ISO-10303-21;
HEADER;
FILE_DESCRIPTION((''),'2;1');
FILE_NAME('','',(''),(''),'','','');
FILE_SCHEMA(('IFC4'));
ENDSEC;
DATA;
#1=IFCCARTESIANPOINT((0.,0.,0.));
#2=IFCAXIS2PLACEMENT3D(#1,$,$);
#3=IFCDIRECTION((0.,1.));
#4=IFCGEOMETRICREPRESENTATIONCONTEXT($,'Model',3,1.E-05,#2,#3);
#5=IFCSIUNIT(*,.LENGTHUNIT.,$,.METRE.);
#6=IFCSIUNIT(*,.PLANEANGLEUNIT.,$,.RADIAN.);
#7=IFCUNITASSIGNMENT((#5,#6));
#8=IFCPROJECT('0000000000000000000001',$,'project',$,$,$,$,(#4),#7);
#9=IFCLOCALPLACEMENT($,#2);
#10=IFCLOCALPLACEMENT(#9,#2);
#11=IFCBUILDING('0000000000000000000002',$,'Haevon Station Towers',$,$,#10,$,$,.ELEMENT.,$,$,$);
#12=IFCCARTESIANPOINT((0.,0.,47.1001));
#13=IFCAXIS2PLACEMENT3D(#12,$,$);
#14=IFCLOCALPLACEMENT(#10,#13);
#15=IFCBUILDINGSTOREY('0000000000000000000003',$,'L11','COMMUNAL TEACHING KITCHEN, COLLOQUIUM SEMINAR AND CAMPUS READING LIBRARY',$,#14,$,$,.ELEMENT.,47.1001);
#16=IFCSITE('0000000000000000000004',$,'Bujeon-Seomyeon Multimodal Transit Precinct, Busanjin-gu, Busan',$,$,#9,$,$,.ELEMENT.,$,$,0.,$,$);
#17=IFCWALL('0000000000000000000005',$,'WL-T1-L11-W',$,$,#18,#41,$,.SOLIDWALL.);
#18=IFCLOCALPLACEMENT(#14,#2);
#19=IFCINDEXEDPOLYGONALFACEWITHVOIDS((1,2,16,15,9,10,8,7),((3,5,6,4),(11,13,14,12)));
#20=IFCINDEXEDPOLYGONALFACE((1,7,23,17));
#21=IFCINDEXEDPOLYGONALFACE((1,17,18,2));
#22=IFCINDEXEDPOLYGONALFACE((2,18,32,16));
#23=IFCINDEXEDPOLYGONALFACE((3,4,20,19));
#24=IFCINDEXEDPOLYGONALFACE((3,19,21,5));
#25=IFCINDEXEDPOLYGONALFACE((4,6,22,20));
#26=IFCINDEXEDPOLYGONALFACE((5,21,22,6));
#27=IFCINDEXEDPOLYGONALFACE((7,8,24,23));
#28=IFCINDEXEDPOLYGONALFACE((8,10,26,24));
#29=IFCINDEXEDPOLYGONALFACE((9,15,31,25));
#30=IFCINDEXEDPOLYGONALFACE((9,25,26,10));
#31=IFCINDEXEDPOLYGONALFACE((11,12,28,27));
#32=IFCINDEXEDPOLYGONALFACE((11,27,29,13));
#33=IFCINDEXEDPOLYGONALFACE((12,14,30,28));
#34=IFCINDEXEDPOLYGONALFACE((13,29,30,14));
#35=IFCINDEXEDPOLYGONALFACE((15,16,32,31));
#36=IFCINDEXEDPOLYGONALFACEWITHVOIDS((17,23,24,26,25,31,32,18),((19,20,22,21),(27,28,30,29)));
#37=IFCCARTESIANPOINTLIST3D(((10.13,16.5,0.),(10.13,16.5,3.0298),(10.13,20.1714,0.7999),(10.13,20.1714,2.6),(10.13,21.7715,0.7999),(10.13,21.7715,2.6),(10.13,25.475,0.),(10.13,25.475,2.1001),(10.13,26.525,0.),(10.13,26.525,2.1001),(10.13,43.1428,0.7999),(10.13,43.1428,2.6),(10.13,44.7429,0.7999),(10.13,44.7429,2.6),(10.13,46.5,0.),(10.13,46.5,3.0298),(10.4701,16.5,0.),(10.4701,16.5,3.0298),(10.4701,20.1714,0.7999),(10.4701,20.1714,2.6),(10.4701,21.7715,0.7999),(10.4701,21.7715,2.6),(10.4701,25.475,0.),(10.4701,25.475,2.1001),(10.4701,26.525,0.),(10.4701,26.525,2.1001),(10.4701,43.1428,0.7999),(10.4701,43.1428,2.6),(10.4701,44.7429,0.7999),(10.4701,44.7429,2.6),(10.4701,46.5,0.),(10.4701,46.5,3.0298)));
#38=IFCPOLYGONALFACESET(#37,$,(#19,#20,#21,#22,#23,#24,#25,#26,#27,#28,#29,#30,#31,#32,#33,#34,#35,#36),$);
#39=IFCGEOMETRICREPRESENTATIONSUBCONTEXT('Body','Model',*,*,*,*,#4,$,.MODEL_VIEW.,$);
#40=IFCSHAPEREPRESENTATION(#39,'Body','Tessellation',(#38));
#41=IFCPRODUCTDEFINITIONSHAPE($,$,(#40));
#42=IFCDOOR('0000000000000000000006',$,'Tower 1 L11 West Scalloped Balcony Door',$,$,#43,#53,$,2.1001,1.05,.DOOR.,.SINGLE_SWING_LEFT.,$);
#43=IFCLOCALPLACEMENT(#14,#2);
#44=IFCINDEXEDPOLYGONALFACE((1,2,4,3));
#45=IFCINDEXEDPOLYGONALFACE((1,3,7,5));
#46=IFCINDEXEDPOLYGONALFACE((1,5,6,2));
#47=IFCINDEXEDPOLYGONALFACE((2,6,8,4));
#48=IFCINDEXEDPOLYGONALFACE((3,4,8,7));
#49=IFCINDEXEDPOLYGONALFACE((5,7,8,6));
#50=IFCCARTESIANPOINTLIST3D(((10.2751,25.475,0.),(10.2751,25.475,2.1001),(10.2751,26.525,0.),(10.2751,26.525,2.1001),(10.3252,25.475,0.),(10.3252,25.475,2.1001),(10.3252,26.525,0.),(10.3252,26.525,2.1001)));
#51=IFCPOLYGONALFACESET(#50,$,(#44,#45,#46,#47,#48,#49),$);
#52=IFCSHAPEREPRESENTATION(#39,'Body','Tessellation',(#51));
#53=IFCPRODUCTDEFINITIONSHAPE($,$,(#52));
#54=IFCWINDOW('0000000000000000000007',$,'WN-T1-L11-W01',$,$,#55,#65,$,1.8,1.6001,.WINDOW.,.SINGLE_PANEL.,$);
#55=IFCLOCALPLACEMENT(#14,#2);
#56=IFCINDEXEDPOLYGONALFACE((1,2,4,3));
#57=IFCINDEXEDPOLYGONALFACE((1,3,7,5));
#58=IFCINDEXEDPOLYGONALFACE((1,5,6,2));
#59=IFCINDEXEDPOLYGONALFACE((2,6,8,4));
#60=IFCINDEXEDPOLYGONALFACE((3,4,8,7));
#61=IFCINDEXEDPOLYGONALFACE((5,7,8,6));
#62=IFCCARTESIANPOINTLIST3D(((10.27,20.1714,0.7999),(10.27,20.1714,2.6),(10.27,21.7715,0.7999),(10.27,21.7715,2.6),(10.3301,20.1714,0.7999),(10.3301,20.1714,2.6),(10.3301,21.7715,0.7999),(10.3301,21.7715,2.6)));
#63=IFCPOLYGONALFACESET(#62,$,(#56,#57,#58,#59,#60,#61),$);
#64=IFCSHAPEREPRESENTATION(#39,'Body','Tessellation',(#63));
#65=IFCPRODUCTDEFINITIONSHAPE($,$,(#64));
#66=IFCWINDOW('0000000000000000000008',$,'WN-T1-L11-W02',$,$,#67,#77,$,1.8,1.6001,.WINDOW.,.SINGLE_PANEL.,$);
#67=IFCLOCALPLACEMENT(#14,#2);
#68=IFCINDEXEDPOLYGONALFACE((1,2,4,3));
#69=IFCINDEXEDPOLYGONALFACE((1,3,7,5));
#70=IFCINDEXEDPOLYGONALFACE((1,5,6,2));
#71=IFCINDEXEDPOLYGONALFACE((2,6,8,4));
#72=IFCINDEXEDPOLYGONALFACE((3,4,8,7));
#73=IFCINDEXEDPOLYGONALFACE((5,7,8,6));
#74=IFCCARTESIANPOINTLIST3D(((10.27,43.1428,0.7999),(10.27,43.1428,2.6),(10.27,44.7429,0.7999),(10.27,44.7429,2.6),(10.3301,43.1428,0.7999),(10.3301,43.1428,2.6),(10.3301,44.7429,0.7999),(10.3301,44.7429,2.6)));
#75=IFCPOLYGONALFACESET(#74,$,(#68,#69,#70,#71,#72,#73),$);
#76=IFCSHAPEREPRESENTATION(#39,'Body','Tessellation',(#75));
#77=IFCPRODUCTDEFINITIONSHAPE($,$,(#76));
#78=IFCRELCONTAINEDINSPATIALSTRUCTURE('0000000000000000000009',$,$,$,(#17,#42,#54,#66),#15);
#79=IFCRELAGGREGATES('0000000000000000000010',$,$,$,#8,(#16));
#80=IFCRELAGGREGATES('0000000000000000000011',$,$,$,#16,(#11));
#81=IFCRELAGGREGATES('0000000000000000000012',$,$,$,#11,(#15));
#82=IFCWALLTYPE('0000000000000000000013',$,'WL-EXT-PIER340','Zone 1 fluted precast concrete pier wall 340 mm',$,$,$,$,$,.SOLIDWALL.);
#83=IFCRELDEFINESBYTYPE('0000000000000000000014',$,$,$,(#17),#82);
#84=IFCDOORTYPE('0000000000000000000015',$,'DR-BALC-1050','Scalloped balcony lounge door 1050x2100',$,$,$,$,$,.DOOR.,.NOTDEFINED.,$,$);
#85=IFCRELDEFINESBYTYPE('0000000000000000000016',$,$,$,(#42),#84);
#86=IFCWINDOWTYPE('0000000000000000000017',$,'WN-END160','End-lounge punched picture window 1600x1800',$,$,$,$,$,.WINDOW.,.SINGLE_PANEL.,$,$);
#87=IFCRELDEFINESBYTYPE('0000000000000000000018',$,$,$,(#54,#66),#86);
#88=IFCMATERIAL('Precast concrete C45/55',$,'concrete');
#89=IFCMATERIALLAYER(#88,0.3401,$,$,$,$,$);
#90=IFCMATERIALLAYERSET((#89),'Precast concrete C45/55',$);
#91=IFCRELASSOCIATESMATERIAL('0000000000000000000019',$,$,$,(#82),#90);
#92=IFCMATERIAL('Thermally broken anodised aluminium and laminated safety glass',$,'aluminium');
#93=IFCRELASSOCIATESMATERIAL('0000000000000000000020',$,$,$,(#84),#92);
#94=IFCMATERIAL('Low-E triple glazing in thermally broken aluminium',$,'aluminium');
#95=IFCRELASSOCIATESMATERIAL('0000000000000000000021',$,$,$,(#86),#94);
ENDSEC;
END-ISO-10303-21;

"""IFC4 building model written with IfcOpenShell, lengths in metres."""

from ifc_helpers import new_model, si_unit, direction, frame, frame_2d, origin, place, context, subcontext, project, spatial, rectangle, extrude, material, layer, layer_set, type_object, element, fill, save


model = new_model("IFC4")

# Units and contexts
model_context = context("Model", 3, precision=1e-05, world=origin(), true_north=direction((0.0, 1.0)))
body_context = subcontext(model_context, "Body", "Model", "MODEL_VIEW")
ifc_project = project(units=[si_unit("LENGTHUNIT", "METRE"), si_unit("PLANEANGLEUNIT", "RADIAN")], contexts=[model_context])

# Site, building, storey
site_placement = place(None, origin())
site = spatial("IfcSite", under=ifc_project, at=site_placement, Name="Bujeon-Seomyeon Multimodal Transit Precinct, Busanjin-gu, Busan", CompositionType="ELEMENT", RefElevation=0.0)
building_placement = place(site_placement, origin())
building = spatial("IfcBuilding", under=site, at=building_placement, Name="Haevon Station Towers", CompositionType="ELEMENT")
storey_placement = place(building_placement, frame((0.0, 0.0, 47.1001)))
storey = spatial("IfcBuildingStorey", under=building, at=storey_placement, Name="L11", Description="COMMUNAL TEACHING KITCHEN, COLLOQUIUM SEMINAR AND CAMPUS READING LIBRARY", CompositionType="ELEMENT", Elevation=47.1001)

# Shared definitions
ifc_material_1 = material(Name="Precast concrete C45/55", Category="concrete")
ifc_layer_1 = layer(ifc_material_1, 0.3401)
ifc_layer_set_1 = layer_set([ifc_layer_1], Name="Precast concrete C45/55")
wall_type_1 = type_object("IfcWallType", Name="WL-EXT-PIER340", Description="Zone 1 fluted precast concrete pier wall 340 mm", PredefinedType="SOLIDWALL", material=ifc_layer_set_1)

# Wall, openings, door, windows
wall_1_placement = place(storey_placement, frame((10.3, 16.5, 0.0), z_axis=(0.0, 0.0, 1.0), x_axis=(0.0, 1.0, 0.0)))
wall_1 = element("IfcWall", 1, at=wall_1_placement, inside=storey, type_object=wall_type_1, Name="WL-T1-L11-W", PredefinedType="SOLIDWALL", context=body_context, shape_type="SweptSolid", body=[
    extrude(rectangle(XDim=30.0, YDim=0.3401, at=frame_2d((15.0, 0.0))), origin(), (0.0, 0.0, 1.0), 3.0298),
])
opening_1_placement = place(wall_1_placement, frame((8.9751, 0.0, 0.0)))
opening_1 = element("IfcOpeningElement", 2, at=opening_1_placement, cuts=wall_1, PredefinedType="OPENING", context=body_context, shape_type="SweptSolid", body=[
    extrude(rectangle(XDim=1.05, YDim=2.1001, at=frame_2d((0.5249, 1.05))), frame((0.0, 0.1799, 0.0), z_axis=(0.0, -1.0, 0.0), x_axis=(1.0, 0.0, 0.0)), (0.0, 0.0, 1.0), 0.3601),
])
opening_2_placement = place(wall_1_placement, frame((3.6714, 0.0, 0.8)))
opening_2 = element("IfcOpeningElement", 3, at=opening_2_placement, cuts=wall_1, PredefinedType="OPENING", context=body_context, shape_type="SweptSolid", body=[
    extrude(rectangle(XDim=1.6001, YDim=1.8, at=frame_2d((0.8, 0.8999))), frame((0.0, 0.1799, 0.0), z_axis=(0.0, -1.0, 0.0), x_axis=(1.0, 0.0, 0.0)), (0.0, 0.0, 1.0), 0.3601),
])
opening_3_placement = place(wall_1_placement, frame((26.6428, 0.0, 0.8)))
opening_3 = element("IfcOpeningElement", 4, at=opening_3_placement, cuts=wall_1, PredefinedType="OPENING", context=body_context, shape_type="SweptSolid", body=[
    extrude(rectangle(XDim=1.6001, YDim=1.8, at=frame_2d((0.8, 0.8999))), frame((0.0, 0.1799, 0.0), z_axis=(0.0, -1.0, 0.0), x_axis=(1.0, 0.0, 0.0)), (0.0, 0.0, 1.0), 0.3601),
])
ifc_material_2 = material(Name="Thermally broken anodised aluminium and laminated safety glass", Category="aluminium")
door_type_1 = type_object("IfcDoorType", Name="DR-BALC-1050", Description="Scalloped balcony lounge door 1050x2100", OperationType="NOTDEFINED", PredefinedType="DOOR", material=ifc_material_2)
door_1_placement = place(opening_1_placement, origin())
door_1 = element("IfcDoor", 5, at=door_1_placement, inside=storey, type_object=door_type_1, Name="Tower 1 L11 West Scalloped Balcony Door", OperationType="SINGLE_SWING_LEFT", OverallHeight=2.1001, OverallWidth=1.05, PredefinedType="DOOR", context=body_context, shape_type="SweptSolid", body=[
    extrude(rectangle(XDim=1.05, YDim=2.1001, at=frame_2d((0.5249, 1.05))), frame((0.0, 0.0249, 0.0), z_axis=(0.0, -1.0, 0.0), x_axis=(1.0, 0.0, 0.0)), (0.0, 0.0, 1.0), 0.05),
])
fill(opening_1, door_1)
ifc_material_3 = material(Name="Low-E triple glazing in thermally broken aluminium", Category="aluminium")
window_type = type_object("IfcWindowType", Name="WN-END160", Description="End-lounge punched picture window 1600x1800", PartitioningType="SINGLE_PANEL", PredefinedType="WINDOW", material=ifc_material_3)
window_1_placement = place(opening_2_placement, origin())
window_1 = element("IfcWindow", 6, at=window_1_placement, inside=storey, type_object=window_type, Name="WN-T1-L11-W01", OverallHeight=1.8, OverallWidth=1.6001, PartitioningType="SINGLE_PANEL", PredefinedType="WINDOW", context=body_context, shape_type="SweptSolid", body=[
    extrude(rectangle(XDim=1.6001, YDim=1.8, at=frame_2d((0.8, 0.8999))), frame((0.0, 0.03, 0.0), z_axis=(0.0, -1.0, 0.0), x_axis=(1.0, 0.0, 0.0)), (0.0, 0.0, 1.0), 0.0601),
])
fill(opening_2, window_1)
window_2_placement = place(opening_3_placement, origin())
window_2 = element("IfcWindow", 7, at=window_2_placement, inside=storey, type_object=window_type, Name="WN-T1-L11-W02", OverallHeight=1.8, OverallWidth=1.6001, PartitioningType="SINGLE_PANEL", PredefinedType="WINDOW", context=body_context, shape_type="SweptSolid", body=[
    extrude(rectangle(XDim=1.6001, YDim=1.8, at=frame_2d((0.8, 0.8999))), frame((0.0, 0.03, 0.0), z_axis=(0.0, -1.0, 0.0), x_axis=(1.0, 0.0, 0.0)), (0.0, 0.0, 1.0), 0.0601),
])
fill(opening_3, window_2)

save(model, "model.ifc")
